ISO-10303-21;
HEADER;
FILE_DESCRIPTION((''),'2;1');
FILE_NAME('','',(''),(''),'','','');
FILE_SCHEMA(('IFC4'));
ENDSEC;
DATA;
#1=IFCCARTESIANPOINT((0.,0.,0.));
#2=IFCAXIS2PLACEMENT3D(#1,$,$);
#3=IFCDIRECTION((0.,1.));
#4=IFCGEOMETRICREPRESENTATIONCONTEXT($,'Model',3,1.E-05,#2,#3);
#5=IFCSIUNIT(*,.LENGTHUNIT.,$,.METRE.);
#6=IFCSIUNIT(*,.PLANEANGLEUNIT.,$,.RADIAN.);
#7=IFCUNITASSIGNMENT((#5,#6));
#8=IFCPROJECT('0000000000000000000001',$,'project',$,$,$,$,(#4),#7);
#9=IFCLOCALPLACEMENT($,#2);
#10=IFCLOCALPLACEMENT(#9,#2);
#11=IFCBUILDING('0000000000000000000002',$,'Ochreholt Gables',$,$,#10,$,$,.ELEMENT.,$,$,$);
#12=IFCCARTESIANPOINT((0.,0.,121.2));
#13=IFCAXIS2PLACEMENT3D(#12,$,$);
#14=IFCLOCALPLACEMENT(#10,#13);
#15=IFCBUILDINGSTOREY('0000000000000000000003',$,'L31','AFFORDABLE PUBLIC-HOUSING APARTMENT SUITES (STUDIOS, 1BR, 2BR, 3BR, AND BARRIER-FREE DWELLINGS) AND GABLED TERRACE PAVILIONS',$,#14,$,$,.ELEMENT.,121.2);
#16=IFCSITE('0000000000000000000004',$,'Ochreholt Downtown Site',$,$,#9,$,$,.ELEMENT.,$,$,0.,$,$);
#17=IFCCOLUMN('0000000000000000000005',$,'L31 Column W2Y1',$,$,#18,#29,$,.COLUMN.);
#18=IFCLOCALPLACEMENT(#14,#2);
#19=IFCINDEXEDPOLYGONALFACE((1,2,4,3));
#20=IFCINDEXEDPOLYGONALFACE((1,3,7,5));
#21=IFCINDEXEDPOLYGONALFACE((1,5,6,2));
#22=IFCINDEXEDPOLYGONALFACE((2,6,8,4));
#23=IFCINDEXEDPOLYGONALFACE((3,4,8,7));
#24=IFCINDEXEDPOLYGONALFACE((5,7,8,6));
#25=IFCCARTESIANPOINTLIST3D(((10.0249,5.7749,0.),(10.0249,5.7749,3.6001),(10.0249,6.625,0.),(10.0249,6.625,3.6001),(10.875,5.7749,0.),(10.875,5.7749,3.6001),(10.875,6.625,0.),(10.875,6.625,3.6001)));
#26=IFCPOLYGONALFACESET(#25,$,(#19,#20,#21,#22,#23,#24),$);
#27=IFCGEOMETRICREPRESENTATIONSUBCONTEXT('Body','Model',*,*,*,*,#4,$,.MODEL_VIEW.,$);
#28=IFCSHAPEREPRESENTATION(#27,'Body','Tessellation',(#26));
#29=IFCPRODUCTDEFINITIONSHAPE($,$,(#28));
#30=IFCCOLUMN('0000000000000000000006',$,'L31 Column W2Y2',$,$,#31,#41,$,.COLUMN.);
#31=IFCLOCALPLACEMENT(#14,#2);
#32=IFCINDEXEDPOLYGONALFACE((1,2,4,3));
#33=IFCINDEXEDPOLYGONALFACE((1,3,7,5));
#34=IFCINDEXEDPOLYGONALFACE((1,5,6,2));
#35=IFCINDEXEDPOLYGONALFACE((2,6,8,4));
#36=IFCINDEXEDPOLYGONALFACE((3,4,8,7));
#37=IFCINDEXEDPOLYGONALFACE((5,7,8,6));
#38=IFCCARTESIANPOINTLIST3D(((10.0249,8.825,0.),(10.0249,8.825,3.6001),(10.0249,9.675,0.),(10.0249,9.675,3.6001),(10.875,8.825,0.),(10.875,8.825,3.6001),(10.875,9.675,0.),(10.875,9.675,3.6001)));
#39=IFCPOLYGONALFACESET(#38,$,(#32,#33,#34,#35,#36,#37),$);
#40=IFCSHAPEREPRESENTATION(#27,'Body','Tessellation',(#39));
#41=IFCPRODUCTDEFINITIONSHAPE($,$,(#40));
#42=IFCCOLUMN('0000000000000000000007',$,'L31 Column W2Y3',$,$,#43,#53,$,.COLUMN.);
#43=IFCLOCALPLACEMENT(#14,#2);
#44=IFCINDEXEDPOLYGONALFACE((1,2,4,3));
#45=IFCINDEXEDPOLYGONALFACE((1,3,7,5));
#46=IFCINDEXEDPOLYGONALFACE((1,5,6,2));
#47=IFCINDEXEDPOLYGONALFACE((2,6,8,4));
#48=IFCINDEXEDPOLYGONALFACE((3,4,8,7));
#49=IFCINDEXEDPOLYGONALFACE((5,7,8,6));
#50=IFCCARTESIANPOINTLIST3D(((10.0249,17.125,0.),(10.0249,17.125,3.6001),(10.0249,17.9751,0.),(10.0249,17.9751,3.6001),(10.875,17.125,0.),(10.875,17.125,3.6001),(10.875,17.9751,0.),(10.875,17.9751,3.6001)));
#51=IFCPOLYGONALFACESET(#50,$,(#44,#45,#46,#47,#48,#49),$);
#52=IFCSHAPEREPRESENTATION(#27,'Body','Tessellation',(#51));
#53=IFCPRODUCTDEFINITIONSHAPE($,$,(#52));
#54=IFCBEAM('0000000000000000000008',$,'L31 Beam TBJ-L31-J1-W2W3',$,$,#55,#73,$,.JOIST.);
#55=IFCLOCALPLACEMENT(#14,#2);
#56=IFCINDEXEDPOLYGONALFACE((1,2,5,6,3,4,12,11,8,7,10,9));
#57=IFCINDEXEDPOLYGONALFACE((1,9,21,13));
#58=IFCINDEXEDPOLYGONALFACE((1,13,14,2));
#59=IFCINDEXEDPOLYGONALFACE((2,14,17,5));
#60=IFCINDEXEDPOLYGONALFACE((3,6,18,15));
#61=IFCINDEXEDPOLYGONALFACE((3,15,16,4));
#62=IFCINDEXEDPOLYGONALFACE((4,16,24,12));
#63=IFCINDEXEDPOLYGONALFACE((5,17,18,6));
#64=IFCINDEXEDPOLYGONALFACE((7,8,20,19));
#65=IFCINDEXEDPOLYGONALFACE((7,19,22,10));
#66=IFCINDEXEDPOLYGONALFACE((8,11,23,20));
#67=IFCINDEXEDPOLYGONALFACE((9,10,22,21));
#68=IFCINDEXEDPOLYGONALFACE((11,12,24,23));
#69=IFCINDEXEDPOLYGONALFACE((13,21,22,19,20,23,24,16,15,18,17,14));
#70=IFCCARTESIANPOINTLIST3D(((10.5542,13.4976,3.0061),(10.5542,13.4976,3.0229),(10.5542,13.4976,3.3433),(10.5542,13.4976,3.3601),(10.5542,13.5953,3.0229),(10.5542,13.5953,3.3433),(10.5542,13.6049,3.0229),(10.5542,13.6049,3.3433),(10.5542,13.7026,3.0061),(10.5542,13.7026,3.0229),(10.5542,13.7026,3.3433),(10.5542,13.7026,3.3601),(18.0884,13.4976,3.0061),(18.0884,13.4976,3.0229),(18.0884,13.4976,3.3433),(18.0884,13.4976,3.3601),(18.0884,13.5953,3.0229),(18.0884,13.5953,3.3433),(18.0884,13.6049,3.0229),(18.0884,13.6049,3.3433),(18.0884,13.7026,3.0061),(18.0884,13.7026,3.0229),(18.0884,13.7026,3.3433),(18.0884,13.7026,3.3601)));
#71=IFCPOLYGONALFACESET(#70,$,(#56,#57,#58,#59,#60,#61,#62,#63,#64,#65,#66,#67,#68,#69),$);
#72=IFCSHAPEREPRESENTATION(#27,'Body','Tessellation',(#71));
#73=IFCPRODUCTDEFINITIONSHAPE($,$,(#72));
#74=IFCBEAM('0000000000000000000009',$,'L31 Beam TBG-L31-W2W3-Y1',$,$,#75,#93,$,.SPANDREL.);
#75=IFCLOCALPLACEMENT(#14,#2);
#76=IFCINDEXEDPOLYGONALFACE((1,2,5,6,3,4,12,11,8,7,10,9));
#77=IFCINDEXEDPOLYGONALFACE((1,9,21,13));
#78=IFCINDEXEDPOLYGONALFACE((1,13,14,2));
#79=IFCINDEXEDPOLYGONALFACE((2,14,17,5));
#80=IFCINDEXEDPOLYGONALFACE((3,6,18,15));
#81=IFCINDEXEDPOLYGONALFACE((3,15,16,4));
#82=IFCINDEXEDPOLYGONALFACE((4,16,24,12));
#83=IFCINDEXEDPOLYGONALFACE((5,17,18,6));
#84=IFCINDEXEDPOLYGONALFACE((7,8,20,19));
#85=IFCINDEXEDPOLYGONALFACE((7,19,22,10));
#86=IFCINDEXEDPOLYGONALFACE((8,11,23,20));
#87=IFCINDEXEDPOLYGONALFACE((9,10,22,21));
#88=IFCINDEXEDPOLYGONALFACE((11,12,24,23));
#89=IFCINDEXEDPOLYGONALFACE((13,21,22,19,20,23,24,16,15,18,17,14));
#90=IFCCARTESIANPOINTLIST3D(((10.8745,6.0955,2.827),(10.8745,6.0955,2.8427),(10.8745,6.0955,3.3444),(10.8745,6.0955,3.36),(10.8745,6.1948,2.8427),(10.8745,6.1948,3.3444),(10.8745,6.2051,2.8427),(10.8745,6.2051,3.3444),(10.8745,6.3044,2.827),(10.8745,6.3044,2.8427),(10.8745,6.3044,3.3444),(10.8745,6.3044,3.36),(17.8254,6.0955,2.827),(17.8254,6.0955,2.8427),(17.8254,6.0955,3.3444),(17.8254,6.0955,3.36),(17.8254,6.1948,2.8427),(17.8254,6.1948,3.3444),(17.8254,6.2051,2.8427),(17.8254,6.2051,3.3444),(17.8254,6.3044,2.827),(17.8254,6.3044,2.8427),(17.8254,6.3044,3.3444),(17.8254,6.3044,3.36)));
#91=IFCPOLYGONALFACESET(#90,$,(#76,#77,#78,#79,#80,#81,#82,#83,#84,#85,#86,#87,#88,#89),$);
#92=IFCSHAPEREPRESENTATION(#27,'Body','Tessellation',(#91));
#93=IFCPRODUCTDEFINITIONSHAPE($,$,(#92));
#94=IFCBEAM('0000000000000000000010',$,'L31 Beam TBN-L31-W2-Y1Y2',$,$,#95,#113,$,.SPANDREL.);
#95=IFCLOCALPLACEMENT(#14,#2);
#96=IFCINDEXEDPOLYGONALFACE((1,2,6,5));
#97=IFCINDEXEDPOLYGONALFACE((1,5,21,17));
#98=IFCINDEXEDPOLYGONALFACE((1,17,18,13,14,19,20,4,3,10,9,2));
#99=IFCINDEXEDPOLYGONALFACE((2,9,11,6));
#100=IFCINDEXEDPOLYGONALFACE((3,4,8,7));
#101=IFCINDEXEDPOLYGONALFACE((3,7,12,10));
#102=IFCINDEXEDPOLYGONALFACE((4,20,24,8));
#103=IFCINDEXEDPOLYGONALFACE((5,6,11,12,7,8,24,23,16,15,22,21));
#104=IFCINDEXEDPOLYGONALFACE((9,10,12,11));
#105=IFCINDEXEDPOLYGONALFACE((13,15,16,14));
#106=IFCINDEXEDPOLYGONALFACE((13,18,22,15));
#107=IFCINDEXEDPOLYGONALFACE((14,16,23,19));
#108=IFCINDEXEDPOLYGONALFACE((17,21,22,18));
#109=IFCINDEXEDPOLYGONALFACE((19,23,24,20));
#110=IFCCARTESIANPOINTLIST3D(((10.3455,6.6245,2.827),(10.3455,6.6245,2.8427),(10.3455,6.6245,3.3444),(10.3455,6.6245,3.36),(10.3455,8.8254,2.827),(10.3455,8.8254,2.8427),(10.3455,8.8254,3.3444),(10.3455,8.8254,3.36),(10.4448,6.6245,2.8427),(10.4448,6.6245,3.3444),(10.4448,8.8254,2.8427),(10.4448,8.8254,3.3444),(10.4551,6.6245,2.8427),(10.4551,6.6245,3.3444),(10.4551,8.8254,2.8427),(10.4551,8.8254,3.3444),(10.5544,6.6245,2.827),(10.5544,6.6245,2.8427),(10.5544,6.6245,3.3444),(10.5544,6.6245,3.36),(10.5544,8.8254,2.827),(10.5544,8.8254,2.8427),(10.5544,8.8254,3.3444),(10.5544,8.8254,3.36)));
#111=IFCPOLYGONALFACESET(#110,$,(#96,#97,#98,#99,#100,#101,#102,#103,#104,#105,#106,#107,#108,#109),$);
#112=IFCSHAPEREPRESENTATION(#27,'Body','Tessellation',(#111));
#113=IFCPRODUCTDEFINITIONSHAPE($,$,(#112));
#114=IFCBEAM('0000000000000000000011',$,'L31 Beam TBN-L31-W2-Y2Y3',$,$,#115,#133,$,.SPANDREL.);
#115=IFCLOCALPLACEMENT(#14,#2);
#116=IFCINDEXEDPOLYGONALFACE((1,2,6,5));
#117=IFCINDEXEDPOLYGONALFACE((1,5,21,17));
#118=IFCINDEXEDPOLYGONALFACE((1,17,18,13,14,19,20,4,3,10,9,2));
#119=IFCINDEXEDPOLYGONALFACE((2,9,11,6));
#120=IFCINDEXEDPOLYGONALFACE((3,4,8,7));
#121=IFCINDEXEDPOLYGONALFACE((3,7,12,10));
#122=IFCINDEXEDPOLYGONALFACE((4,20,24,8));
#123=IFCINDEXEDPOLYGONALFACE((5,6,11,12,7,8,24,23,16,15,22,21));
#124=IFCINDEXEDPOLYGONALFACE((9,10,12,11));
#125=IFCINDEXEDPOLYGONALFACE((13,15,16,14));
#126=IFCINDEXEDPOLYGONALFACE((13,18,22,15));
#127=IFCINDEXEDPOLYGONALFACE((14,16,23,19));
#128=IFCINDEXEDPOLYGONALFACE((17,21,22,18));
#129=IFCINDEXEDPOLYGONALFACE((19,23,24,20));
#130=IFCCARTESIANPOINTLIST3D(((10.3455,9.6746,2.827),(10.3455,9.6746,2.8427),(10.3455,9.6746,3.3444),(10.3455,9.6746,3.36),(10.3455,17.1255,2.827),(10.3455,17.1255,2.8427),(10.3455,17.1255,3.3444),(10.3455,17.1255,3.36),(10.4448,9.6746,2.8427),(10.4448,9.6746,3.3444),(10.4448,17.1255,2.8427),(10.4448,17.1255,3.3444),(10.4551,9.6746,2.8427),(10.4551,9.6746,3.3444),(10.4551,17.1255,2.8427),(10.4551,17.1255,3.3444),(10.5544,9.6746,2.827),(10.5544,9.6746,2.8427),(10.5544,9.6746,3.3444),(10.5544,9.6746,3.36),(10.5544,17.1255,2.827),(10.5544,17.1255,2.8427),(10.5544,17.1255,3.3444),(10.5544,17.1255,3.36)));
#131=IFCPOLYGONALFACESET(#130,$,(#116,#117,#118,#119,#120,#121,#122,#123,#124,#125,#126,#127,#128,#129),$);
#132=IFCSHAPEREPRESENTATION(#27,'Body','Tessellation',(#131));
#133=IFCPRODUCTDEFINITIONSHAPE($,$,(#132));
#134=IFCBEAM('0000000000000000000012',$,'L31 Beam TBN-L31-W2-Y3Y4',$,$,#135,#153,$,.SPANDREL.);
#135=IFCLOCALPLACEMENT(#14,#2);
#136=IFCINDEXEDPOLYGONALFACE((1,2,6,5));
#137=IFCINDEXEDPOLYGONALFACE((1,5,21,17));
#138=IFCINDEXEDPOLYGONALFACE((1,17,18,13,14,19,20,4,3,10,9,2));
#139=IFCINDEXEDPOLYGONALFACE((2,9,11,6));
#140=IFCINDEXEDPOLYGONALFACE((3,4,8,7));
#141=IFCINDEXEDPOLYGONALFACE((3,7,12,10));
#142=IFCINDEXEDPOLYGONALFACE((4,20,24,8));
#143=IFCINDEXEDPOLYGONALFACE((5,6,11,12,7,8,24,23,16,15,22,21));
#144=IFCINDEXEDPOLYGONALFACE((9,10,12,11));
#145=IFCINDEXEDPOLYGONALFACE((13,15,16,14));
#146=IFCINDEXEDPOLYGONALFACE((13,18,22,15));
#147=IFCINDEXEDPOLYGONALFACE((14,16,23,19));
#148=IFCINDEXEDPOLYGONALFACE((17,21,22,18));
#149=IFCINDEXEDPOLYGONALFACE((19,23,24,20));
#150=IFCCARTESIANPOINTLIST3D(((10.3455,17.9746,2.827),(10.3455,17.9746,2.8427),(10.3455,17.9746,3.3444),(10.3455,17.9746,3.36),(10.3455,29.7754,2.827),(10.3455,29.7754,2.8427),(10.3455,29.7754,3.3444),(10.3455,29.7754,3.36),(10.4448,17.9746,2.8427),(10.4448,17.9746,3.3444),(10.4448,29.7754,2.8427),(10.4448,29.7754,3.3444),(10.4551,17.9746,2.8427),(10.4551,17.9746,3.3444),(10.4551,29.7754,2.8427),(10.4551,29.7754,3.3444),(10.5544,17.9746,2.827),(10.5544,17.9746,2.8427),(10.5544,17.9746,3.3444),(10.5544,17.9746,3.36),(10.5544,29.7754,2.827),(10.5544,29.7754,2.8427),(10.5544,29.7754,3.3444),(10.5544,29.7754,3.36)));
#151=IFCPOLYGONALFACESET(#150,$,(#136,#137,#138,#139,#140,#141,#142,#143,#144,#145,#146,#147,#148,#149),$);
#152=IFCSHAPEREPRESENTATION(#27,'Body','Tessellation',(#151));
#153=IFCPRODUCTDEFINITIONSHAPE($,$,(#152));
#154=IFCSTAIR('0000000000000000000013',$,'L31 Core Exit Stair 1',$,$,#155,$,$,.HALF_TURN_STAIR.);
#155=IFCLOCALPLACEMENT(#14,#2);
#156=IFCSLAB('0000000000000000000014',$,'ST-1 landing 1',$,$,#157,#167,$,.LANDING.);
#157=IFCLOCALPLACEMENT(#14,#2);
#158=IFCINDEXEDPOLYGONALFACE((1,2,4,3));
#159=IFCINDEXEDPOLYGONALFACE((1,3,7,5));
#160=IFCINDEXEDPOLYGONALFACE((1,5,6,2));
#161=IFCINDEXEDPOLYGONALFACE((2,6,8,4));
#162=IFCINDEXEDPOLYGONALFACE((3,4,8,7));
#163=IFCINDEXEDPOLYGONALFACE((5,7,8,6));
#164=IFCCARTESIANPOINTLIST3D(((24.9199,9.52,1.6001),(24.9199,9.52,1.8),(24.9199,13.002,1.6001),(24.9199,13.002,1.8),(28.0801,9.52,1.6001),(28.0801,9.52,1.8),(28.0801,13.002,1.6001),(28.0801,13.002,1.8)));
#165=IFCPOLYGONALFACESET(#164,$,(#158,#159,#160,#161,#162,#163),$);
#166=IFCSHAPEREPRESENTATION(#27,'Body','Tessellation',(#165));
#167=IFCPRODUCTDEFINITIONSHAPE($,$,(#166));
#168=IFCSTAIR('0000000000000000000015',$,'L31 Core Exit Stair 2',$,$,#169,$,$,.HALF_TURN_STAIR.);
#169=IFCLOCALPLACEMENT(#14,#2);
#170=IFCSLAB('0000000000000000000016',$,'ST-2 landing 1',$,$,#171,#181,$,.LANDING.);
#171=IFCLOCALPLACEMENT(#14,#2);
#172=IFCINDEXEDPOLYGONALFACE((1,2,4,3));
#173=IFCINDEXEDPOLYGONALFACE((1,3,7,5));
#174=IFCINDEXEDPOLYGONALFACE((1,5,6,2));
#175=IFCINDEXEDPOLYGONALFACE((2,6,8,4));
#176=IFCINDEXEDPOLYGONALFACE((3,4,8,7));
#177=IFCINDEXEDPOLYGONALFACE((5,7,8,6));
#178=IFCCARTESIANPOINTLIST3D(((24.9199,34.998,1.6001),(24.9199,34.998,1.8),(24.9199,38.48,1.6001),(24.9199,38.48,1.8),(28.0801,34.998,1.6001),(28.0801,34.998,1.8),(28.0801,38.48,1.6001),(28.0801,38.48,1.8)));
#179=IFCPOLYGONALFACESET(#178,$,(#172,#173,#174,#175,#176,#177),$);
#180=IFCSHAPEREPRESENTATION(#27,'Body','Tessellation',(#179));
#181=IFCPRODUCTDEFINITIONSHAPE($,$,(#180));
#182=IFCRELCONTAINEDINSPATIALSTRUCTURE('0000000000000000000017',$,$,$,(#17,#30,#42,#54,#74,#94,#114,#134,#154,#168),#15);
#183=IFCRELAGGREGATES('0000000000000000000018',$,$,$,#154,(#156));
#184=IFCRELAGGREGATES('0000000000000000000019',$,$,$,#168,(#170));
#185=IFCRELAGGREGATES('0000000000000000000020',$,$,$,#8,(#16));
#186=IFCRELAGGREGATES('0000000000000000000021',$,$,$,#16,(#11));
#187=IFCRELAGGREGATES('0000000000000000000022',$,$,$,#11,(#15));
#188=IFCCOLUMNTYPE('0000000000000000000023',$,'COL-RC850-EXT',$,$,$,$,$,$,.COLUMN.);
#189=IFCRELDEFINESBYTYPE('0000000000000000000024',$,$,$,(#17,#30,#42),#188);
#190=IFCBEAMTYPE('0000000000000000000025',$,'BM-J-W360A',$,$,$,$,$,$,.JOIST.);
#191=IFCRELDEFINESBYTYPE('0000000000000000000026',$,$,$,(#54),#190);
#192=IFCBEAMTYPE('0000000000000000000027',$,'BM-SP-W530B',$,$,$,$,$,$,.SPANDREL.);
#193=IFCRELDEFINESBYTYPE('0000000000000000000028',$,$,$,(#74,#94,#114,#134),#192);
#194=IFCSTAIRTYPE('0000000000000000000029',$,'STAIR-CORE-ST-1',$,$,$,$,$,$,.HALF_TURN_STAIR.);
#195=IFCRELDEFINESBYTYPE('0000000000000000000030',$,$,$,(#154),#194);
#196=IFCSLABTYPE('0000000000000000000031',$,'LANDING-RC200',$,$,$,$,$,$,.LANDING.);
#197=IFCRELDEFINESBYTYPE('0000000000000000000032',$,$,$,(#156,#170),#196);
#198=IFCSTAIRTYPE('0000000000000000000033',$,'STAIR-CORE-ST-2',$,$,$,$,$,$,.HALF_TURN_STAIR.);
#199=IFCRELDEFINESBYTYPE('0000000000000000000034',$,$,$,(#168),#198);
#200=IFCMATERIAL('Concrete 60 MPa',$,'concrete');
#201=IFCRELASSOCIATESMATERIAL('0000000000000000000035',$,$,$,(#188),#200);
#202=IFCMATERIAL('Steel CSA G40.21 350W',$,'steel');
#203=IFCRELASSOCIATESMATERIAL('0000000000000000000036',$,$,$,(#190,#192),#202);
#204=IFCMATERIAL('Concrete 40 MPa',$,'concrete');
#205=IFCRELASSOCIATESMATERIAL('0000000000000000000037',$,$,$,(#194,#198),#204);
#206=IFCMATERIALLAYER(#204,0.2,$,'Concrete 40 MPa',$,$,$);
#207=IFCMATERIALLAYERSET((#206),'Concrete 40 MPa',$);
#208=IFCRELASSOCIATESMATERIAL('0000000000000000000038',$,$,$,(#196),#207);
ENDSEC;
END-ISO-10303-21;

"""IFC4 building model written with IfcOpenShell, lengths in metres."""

from ifc_helpers import new_model, si_unit, direction, frame, origin, origin_2d, place, context, subcontext, project, spatial, polyline, rectangle, i_section, outline, extrude, material, layer, layer_set, material_profile, profile_set, type_object, element, aggregate, save


model = new_model("IFC4")

# Units and contexts
model_context = context("Model", 3, precision=1e-05, world=origin(), true_north=direction((0.0, 1.0)))
body_context = subcontext(model_context, "Body", "Model", "MODEL_VIEW")
ifc_project = project(units=[si_unit("LENGTHUNIT", "METRE"), si_unit("PLANEANGLEUNIT", "RADIAN")], contexts=[model_context])

# Site, building, storey
site_placement = place(None, origin())
site = spatial("IfcSite", under=ifc_project, at=site_placement, Name="Ochreholt Downtown Site", CompositionType="ELEMENT", RefElevation=0.0)
building_placement = place(site_placement, origin())
building = spatial("IfcBuilding", under=site, at=building_placement, Name="Ochreholt Gables", CompositionType="ELEMENT")
storey_placement = place(building_placement, frame((0.0, 0.0, 121.2)))
storey = spatial("IfcBuildingStorey", under=building, at=storey_placement, Name="L31", Description="AFFORDABLE PUBLIC-HOUSING APARTMENT SUITES (STUDIOS, 1BR, 2BR, 3BR, AND BARRIER-FREE DWELLINGS) AND GABLED TERRACE PAVILIONS", CompositionType="ELEMENT", Elevation=121.2)

# Columns
ifc_material_1 = material(Name="Concrete 60 MPa", Category="concrete")
ifc_material_profile_1 = material_profile(ifc_material_1, rectangle(XDim=0.8501, YDim=0.8501, at=origin_2d()), Name="RC850X850")
ifc_profile_set_1 = profile_set([ifc_material_profile_1], Name="Concrete 60 MPa")
column_type = type_object("IfcColumnType", Name="COL-RC850-EXT", PredefinedType="COLUMN", material=ifc_profile_set_1)
for number, where, z_axis, x_axis, name in (
    (1, (10.45, 6.2, 0.0), (0.0, 0.0, 1.0), (1.0, 0.0, 0.0), "L31 Column W2Y1"),
    (2, (10.45, 9.25, 0.0), (0.0, 0.0, 1.0), (1.0, 0.0, 0.0), "L31 Column W2Y2"),
    (3, (10.45, 17.55, 0.0), (0.0, 0.0, 1.0), (1.0, 0.0, 0.0), "L31 Column W2Y3"),
):
    element("IfcColumn", number, at=place(storey_placement, frame(where, z_axis=z_axis, x_axis=x_axis)), inside=storey, type_object=column_type, Name=name, PredefinedType="COLUMN", context=body_context, shape_type="SweptSolid", body=[
        extrude(rectangle(XDim=0.8501, YDim=0.8501, at=origin_2d()), origin(), (0.0, 0.0, 1.0), 3.6001),
    ])

# Beams
ifc_material_2 = material(Name="Steel CSA G40.21 350W", Category="steel")
ifc_material_profile_2 = material_profile(ifc_material_2, i_section(OverallWidth=0.2051, OverallDepth=0.354, WebThickness=0.0095, FlangeThickness=0.0168, at=origin_2d()), Name="W360X79")
ifc_profile_set_2 = profile_set([ifc_material_profile_2], Name="Steel CSA G40.21 350W")
beam_type_1 = type_object("IfcBeamType", Name="BM-J-W360A", PredefinedType="JOIST", material=ifc_profile_set_2)
beam_1_placement = place(storey_placement, frame((10.5542, 13.6001, 3.1831), z_axis=(1.0, 0.0, 0.0), x_axis=(0.0, 1.0, 0.0)))
element("IfcBeam", 4, at=beam_1_placement, inside=storey, type_object=beam_type_1, Name="L31 Beam TBJ-L31-J1-W2W3", PredefinedType="JOIST", context=body_context, shape_type="SweptSolid", body=[
    extrude(i_section(OverallWidth=0.2051, OverallDepth=0.354, WebThickness=0.0095, FlangeThickness=0.0168, at=origin_2d()), origin(), (0.0, 0.0, 1.0), 7.5342),
])
ifc_material_profile_3 = material_profile(ifc_material_2, i_section(OverallWidth=0.209, OverallDepth=0.533, WebThickness=0.0103, FlangeThickness=0.0156, at=origin_2d()), Name="W530X92")
ifc_profile_set_3 = profile_set([ifc_material_profile_3], Name="Steel CSA G40.21 350W")
beam_type_2 = type_object("IfcBeamType", Name="BM-SP-W530B", PredefinedType="SPANDREL", material=ifc_profile_set_3)
beam_2_placement = place(storey_placement, frame((10.8745, 6.2, 3.0935), z_axis=(1.0, 0.0, 0.0), x_axis=(0.0, 1.0, 0.0)))
element("IfcBeam", 5, at=beam_2_placement, inside=storey, type_object=beam_type_2, Name="L31 Beam TBG-L31-W2W3-Y1", PredefinedType="SPANDREL", context=body_context, shape_type="SweptSolid", body=[
    extrude(i_section(OverallWidth=0.209, OverallDepth=0.533, WebThickness=0.0103, FlangeThickness=0.0156, at=origin_2d()), origin(), (0.0, 0.0, 1.0), 6.9509),
])
beam_3_placement = place(storey_placement, frame((10.45, 6.6245, 3.0935), z_axis=(0.0, 1.0, 0.0), x_axis=(-1.0, 0.0, 0.0)))
element("IfcBeam", 6, at=beam_3_placement, inside=storey, type_object=beam_type_2, Name="L31 Beam TBN-L31-W2-Y1Y2", PredefinedType="SPANDREL", context=body_context, shape_type="SweptSolid", body=[
    extrude(i_section(OverallWidth=0.209, OverallDepth=0.533, WebThickness=0.0103, FlangeThickness=0.0156, at=origin_2d()), origin(), (0.0, 0.0, 1.0), 2.2009),
])
beam_4_placement = place(storey_placement, frame((10.45, 9.6746, 3.0935), z_axis=(0.0, 1.0, 0.0), x_axis=(-1.0, 0.0, 0.0)))
element("IfcBeam", 7, at=beam_4_placement, inside=storey, type_object=beam_type_2, Name="L31 Beam TBN-L31-W2-Y2Y3", PredefinedType="SPANDREL", context=body_context, shape_type="SweptSolid", body=[
    extrude(i_section(OverallWidth=0.209, OverallDepth=0.533, WebThickness=0.0103, FlangeThickness=0.0156, at=origin_2d()), origin(), (0.0, 0.0, 1.0), 7.4509),
])
beam_5_placement = place(storey_placement, frame((10.45, 17.9746, 3.0935), z_axis=(0.0, 1.0, 0.0), x_axis=(-1.0, 0.0, 0.0)))
element("IfcBeam", 8, at=beam_5_placement, inside=storey, type_object=beam_type_2, Name="L31 Beam TBN-L31-W2-Y3Y4", PredefinedType="SPANDREL", context=body_context, shape_type="SweptSolid", body=[
    extrude(i_section(OverallWidth=0.209, OverallDepth=0.533, WebThickness=0.0103, FlangeThickness=0.0156, at=origin_2d()), origin(), (0.0, 0.0, 1.0), 11.8008),
])

# Stairs, slabs
ifc_material_3 = material(Name="Concrete 40 MPa", Category="concrete")
stair_type_1 = type_object("IfcStairType", Name="STAIR-CORE-ST-1", PredefinedType="HALF_TURN_STAIR", material=ifc_material_3)
stair_1_placement = place(storey_placement, origin())
stair_1 = element("IfcStair", 9, at=stair_1_placement, inside=storey, type_object=stair_type_1, Name="L31 Core Exit Stair 1", PredefinedType="HALF_TURN_STAIR")
ifc_layer_1 = layer(ifc_material_3, 0.2, Name="Concrete 40 MPa")
ifc_layer_set_1 = layer_set([ifc_layer_1], Name="Concrete 40 MPa")
slab_type_1 = type_object("IfcSlabType", Name="LANDING-RC200", PredefinedType="LANDING", material=ifc_layer_set_1)
slab_1_placement = place(storey_placement, frame((0.0, 0.0, 1.6001)))
slab_1 = element("IfcSlab", 10, at=slab_1_placement, type_object=slab_type_1, Name="ST-1 landing 1", PredefinedType="LANDING", context=body_context, shape_type="SweptSolid", body=[
    extrude(outline(polyline([(24.9199, 13.002), (24.9199, 9.52), (28.0801, 9.52), (28.0801, 13.002), (24.9199, 13.002)])), origin(), (0.0, 0.0, 1.0), 0.2),
])
aggregate(stair_1, [slab_1])
stair_type_2 = type_object("IfcStairType", Name="STAIR-CORE-ST-2", PredefinedType="HALF_TURN_STAIR", material=ifc_material_3)
stair_2_placement = place(storey_placement, origin())
stair_2 = element("IfcStair", 11, at=stair_2_placement, inside=storey, type_object=stair_type_2, Name="L31 Core Exit Stair 2", PredefinedType="HALF_TURN_STAIR")
slab_2_placement = place(storey_placement, frame((0.0, 0.0, 1.6001)))
slab_2 = element("IfcSlab", 12, at=slab_2_placement, type_object=slab_type_1, Name="ST-2 landing 1", PredefinedType="LANDING", context=body_context, shape_type="SweptSolid", body=[
    extrude(outline(polyline([(28.0801, 34.998), (28.0801, 38.48), (24.9199, 38.48), (24.9199, 34.998), (28.0801, 34.998)])), origin(), (0.0, 0.0, 1.0), 0.2),
])
aggregate(stair_2, [slab_2])

save(model, "model.ifc")
